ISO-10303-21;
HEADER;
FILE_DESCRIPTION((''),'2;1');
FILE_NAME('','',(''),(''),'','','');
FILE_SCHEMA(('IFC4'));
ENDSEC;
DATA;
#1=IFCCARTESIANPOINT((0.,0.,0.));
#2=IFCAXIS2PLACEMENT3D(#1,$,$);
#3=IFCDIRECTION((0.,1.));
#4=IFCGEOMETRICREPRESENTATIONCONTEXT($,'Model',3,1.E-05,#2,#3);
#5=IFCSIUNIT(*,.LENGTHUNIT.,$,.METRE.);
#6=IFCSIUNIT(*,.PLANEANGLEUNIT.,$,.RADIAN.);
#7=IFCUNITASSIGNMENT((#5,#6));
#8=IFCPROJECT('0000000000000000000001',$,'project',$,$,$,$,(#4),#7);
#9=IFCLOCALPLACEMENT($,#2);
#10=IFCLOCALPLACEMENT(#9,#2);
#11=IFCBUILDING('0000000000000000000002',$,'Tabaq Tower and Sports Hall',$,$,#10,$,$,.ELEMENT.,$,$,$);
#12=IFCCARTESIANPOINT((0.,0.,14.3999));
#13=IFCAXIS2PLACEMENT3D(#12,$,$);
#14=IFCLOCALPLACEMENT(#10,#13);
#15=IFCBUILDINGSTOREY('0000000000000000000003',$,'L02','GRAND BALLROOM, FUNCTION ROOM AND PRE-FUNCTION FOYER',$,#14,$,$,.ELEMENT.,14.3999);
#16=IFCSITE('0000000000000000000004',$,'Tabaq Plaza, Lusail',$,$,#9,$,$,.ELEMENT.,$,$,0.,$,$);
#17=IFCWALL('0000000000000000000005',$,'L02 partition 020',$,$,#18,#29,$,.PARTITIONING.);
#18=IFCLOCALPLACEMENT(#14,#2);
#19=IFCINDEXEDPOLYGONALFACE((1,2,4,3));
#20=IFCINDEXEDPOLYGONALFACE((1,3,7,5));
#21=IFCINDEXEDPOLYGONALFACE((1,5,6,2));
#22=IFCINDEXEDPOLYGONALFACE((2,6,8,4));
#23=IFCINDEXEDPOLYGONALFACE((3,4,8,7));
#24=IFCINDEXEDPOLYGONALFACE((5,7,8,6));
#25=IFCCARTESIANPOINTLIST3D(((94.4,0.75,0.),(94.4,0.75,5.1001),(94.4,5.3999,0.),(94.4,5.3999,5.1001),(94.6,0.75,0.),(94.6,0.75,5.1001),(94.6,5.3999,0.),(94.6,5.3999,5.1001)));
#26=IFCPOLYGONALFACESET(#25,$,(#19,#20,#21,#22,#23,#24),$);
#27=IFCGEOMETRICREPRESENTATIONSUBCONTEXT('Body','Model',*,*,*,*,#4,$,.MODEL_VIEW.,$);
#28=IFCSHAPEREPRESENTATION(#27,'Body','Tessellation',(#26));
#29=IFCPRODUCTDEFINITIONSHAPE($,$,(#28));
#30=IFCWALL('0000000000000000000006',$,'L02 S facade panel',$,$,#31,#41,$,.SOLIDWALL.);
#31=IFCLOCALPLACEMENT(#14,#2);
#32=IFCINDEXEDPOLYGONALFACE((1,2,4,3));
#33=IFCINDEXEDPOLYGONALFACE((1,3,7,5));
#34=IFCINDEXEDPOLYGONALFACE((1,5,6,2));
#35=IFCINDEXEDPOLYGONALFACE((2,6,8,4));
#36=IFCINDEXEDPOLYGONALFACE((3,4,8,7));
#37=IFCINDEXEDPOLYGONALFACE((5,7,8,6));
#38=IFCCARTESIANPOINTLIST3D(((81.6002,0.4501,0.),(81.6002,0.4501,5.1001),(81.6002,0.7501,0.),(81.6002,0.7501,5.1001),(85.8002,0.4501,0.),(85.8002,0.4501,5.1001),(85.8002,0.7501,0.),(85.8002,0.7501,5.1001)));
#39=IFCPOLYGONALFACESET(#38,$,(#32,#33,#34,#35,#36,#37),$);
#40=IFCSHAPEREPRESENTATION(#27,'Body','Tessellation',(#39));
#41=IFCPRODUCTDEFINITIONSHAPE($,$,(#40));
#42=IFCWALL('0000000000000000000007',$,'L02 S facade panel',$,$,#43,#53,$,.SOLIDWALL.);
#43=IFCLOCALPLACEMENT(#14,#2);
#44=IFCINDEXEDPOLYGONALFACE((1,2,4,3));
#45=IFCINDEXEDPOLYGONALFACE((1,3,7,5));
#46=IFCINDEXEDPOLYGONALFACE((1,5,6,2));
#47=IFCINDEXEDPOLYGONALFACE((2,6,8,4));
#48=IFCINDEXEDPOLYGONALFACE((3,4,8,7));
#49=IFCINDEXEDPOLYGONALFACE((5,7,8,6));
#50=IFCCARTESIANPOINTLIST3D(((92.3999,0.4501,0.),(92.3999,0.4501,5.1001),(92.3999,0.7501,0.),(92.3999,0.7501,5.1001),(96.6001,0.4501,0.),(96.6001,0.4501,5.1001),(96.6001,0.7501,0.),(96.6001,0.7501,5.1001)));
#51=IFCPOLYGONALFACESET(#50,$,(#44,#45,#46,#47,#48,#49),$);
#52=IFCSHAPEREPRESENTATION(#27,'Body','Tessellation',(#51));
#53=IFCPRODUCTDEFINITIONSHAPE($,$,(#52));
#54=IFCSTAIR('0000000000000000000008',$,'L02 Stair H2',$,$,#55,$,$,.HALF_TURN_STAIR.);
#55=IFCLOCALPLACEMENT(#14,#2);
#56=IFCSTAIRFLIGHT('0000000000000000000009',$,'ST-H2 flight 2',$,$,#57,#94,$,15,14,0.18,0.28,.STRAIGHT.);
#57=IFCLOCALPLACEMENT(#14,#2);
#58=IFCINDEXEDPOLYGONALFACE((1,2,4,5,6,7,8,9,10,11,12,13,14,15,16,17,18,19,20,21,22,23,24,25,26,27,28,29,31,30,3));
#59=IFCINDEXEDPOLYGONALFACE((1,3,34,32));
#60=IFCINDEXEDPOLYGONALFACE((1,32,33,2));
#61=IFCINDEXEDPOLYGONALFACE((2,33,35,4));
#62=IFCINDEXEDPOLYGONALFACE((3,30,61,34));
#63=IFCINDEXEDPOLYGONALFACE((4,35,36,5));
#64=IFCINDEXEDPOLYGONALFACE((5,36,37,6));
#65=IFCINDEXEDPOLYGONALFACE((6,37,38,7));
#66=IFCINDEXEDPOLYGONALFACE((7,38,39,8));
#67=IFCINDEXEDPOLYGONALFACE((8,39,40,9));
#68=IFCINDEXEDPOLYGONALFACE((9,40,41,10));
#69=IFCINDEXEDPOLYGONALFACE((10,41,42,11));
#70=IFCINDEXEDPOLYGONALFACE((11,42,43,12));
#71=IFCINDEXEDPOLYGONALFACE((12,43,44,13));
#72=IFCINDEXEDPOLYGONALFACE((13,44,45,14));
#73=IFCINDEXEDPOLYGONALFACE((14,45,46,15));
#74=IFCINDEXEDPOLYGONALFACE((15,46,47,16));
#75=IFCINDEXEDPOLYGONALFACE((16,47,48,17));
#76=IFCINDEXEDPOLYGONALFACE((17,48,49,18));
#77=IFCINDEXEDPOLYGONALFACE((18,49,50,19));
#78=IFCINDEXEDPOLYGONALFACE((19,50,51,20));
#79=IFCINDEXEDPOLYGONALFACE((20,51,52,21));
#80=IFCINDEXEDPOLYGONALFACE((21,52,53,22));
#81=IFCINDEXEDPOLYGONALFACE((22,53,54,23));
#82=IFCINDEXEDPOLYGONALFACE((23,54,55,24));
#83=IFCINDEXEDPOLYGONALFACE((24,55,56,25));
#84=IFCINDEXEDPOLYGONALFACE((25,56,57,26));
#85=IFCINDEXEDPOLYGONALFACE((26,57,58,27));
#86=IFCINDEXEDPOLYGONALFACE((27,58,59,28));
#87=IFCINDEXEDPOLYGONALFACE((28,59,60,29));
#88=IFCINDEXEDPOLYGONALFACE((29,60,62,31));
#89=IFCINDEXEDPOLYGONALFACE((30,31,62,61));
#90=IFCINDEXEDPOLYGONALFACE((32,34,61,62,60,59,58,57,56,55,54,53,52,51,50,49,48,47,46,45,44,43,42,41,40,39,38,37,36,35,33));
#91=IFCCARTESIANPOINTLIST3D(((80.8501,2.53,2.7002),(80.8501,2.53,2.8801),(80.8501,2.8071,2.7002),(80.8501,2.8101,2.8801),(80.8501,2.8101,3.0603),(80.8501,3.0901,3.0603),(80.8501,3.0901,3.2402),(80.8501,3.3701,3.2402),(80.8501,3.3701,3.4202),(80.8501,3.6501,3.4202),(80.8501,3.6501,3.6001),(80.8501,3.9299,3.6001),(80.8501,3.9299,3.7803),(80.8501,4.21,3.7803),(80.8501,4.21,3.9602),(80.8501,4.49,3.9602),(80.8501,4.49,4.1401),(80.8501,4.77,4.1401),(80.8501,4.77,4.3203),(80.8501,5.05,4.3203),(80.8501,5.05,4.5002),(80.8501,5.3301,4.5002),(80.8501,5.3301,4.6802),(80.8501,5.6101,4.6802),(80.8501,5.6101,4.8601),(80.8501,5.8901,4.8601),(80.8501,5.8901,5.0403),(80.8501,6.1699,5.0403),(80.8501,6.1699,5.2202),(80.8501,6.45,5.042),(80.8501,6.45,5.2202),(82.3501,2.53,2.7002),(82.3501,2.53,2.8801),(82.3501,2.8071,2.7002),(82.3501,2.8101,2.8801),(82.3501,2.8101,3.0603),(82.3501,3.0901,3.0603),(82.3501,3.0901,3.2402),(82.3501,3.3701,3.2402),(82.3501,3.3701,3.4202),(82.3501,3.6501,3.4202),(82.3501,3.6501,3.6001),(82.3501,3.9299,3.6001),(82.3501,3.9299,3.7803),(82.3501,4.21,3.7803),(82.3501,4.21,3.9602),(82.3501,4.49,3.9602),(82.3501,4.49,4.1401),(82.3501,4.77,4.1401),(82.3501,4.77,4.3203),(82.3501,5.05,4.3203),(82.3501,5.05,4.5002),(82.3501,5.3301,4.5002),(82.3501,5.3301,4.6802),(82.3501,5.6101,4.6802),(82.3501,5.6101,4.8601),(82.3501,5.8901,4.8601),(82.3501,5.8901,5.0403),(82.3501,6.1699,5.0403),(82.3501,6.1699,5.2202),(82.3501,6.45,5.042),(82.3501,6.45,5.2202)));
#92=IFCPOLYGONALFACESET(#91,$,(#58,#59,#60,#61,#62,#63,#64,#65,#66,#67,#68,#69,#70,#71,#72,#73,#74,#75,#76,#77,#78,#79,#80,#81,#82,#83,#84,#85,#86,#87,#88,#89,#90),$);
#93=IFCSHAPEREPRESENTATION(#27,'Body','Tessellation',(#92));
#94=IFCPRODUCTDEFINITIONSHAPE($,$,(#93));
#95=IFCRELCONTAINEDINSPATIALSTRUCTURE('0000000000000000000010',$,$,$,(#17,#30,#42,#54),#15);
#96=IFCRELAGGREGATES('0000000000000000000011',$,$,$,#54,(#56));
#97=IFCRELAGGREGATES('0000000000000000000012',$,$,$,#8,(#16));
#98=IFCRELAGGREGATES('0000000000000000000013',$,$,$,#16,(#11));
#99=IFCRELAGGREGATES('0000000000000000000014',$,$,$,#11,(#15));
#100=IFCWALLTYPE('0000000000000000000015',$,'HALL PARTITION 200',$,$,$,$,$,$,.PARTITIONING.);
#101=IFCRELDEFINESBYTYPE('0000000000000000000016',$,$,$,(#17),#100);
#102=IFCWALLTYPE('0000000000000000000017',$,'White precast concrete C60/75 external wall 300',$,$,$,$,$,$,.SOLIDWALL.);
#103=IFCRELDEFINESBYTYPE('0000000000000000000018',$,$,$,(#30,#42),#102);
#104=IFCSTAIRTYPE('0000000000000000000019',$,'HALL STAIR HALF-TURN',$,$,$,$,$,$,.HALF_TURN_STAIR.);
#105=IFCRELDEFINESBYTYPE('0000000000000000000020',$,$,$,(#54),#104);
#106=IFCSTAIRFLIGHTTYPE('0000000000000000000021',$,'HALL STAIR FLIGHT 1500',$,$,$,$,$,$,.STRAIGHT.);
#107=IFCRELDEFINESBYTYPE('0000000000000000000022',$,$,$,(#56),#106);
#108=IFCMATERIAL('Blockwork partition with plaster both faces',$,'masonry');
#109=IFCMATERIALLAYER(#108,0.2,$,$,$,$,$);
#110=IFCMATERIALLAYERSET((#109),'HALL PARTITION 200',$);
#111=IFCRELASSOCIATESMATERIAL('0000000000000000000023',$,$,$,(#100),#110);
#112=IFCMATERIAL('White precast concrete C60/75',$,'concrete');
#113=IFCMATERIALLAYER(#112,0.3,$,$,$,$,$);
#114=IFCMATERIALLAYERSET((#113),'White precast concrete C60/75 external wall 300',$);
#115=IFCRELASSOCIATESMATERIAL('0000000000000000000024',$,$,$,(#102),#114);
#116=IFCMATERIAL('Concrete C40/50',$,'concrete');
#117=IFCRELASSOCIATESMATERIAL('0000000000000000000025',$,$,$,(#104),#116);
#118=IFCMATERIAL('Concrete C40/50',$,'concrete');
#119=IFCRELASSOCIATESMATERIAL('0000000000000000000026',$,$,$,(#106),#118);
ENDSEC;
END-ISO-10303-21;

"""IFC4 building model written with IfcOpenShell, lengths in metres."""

from ifc_helpers import new_model, si_unit, direction, frame, frame_2d, origin, place, context, subcontext, project, spatial, polyline, rectangle, outline, extrude, material, layer, layer_set, type_object, element, aggregate, save


model = new_model("IFC4")

# Units and contexts
model_context = context("Model", 3, precision=1e-05, world=origin(), true_north=direction((0.0, 1.0)))
body_context = subcontext(model_context, "Body", "Model", "MODEL_VIEW")
ifc_project = project(units=[si_unit("LENGTHUNIT", "METRE"), si_unit("PLANEANGLEUNIT", "RADIAN")], contexts=[model_context])

# Site, building, storey
site_placement = place(None, origin())
site = spatial("IfcSite", under=ifc_project, at=site_placement, Name="Tabaq Plaza, Lusail", CompositionType="ELEMENT", RefElevation=0.0)
building_placement = place(site_placement, origin())
building = spatial("IfcBuilding", under=site, at=building_placement, Name="Tabaq Tower and Sports Hall", CompositionType="ELEMENT")
storey_placement = place(building_placement, frame((0.0, 0.0, 14.3999)))
storey = spatial("IfcBuildingStorey", under=building, at=storey_placement, Name="L02", Description="GRAND BALLROOM, FUNCTION ROOM AND PRE-FUNCTION FOYER", CompositionType="ELEMENT", Elevation=14.3999)

# Shared definitions
ifc_material_1 = material(Name="Blockwork partition with plaster both faces", Category="masonry")
ifc_layer_1 = layer(ifc_material_1, 0.2)
ifc_layer_set_1 = layer_set([ifc_layer_1], Name="HALL PARTITION 200")
wall_type_1 = type_object("IfcWallType", Name="HALL PARTITION 200", PredefinedType="PARTITIONING", material=ifc_layer_set_1)

# Walls
wall_1_placement = place(storey_placement, frame((94.5, 0.75, 0.0), z_axis=(0.0, 0.0, 1.0), x_axis=(0.0, 1.0, 0.0)))
element("IfcWall", 1, at=wall_1_placement, inside=storey, type_object=wall_type_1, Name="L02 partition 020", PredefinedType="PARTITIONING", context=body_context, shape_type="SweptSolid", body=[
    extrude(rectangle(XDim=4.6499, YDim=0.2, at=frame_2d((2.325, 0.0))), origin(), (0.0, 0.0, 1.0), 5.1001),
])
ifc_material_2 = material(Name="White precast concrete C60/75", Category="concrete")
ifc_layer_2 = layer(ifc_material_2, 0.3)
ifc_layer_set_2 = layer_set([ifc_layer_2], Name="White precast concrete C60/75 external wall 300")
wall_type_2 = type_object("IfcWallType", Name="White precast concrete C60/75 external wall 300", PredefinedType="SOLIDWALL", material=ifc_layer_set_2)
wall_2_placement = place(storey_placement, frame((81.6001, 0.6001, 0.0), z_axis=(0.0, 0.0, 1.0), x_axis=(1.0, 0.0, 0.0)))
element("IfcWall", 2, at=wall_2_placement, inside=storey, type_object=wall_type_2, Name="L02 S facade panel", PredefinedType="SOLIDWALL", context=body_context, shape_type="SweptSolid", body=[
    extrude(rectangle(XDim=4.2, YDim=0.3, at=frame_2d((2.1001, 0.0))), origin(), (0.0, 0.0, 1.0), 5.1001),
])

# Wall
wall_3_placement = place(storey_placement, frame((92.3999, 0.6001, 0.0), z_axis=(0.0, 0.0, 1.0), x_axis=(1.0, 0.0, 0.0)))
element("IfcWall", 3, at=wall_3_placement, inside=storey, type_object=wall_type_2, Name="L02 S facade panel", PredefinedType="SOLIDWALL", context=body_context, shape_type="SweptSolid", body=[
    extrude(rectangle(XDim=4.2002, YDim=0.3, at=frame_2d((2.1001, 0.0))), origin(), (0.0, 0.0, 1.0), 5.1001),
])

# Stair, stair flight
ifc_material_3 = material(Name="Concrete C40/50", Category="concrete")
stair_type = type_object("IfcStairType", Name="HALL STAIR HALF-TURN", PredefinedType="HALF_TURN_STAIR", material=ifc_material_3)
stair_placement = place(storey_placement, origin())
stair = element("IfcStair", 4, at=stair_placement, inside=storey, type_object=stair_type, Name="L02 Stair H2", PredefinedType="HALF_TURN_STAIR")
ifc_material_4 = material(Name="Concrete C40/50", Category="concrete")
stair_flight_type = type_object("IfcStairFlightType", Name="HALL STAIR FLIGHT 1500", PredefinedType="STRAIGHT", material=ifc_material_4)
stair_flight_placement = place(storey_placement, frame((81.6001, 2.53, 2.7002), z_axis=(0.0, 0.0, 1.0), x_axis=(0.0, 1.0, 0.0)))
stair_flight = element("IfcStairFlight", 5, at=stair_flight_placement, type_object=stair_flight_type, Name="ST-H2 flight 2", NumberOfRisers=15, NumberOfTreads=14, PredefinedType="STRAIGHT", RiserHeight=0.18, TreadLength=0.28, context=body_context, shape_type="SweptSolid", body=[
    extrude(outline(polyline([(0.0, 0.0), (0.0, 0.1799), (0.28, 0.1799), (0.28, 0.3601), (0.5601, 0.3601), (0.5601, 0.54), (0.8401, 0.54), (0.8401, 0.72), (1.1201, 0.72), (1.1201, 0.8999), (1.3999, 0.8999), (1.3999, 1.0801), (1.6799, 1.0801), (1.6799, 1.26), (1.96, 1.26), (1.96, 1.4399), (2.24, 1.4399), (2.24, 1.6201), (2.52, 1.6201), (2.52, 1.8), (2.8, 1.8), (2.8, 1.98), (3.0801, 1.98), (3.0801, 2.1599), (3.3601, 2.1599), (3.3601, 2.3401), (3.6399, 2.3401), (3.6399, 2.52), (3.9199, 2.52), (3.9199, 2.7), (3.9199, 2.3418), (0.2771, 0.0), (0.0, 0.0)])), frame((0.0, 0.75, 0.0), z_axis=(0.0, -1.0, 0.0), x_axis=(1.0, 0.0, 0.0)), (0.0, 0.0, 1.0), 1.5),
])
aggregate(stair, [stair_flight])

save(model, "model.ifc")
